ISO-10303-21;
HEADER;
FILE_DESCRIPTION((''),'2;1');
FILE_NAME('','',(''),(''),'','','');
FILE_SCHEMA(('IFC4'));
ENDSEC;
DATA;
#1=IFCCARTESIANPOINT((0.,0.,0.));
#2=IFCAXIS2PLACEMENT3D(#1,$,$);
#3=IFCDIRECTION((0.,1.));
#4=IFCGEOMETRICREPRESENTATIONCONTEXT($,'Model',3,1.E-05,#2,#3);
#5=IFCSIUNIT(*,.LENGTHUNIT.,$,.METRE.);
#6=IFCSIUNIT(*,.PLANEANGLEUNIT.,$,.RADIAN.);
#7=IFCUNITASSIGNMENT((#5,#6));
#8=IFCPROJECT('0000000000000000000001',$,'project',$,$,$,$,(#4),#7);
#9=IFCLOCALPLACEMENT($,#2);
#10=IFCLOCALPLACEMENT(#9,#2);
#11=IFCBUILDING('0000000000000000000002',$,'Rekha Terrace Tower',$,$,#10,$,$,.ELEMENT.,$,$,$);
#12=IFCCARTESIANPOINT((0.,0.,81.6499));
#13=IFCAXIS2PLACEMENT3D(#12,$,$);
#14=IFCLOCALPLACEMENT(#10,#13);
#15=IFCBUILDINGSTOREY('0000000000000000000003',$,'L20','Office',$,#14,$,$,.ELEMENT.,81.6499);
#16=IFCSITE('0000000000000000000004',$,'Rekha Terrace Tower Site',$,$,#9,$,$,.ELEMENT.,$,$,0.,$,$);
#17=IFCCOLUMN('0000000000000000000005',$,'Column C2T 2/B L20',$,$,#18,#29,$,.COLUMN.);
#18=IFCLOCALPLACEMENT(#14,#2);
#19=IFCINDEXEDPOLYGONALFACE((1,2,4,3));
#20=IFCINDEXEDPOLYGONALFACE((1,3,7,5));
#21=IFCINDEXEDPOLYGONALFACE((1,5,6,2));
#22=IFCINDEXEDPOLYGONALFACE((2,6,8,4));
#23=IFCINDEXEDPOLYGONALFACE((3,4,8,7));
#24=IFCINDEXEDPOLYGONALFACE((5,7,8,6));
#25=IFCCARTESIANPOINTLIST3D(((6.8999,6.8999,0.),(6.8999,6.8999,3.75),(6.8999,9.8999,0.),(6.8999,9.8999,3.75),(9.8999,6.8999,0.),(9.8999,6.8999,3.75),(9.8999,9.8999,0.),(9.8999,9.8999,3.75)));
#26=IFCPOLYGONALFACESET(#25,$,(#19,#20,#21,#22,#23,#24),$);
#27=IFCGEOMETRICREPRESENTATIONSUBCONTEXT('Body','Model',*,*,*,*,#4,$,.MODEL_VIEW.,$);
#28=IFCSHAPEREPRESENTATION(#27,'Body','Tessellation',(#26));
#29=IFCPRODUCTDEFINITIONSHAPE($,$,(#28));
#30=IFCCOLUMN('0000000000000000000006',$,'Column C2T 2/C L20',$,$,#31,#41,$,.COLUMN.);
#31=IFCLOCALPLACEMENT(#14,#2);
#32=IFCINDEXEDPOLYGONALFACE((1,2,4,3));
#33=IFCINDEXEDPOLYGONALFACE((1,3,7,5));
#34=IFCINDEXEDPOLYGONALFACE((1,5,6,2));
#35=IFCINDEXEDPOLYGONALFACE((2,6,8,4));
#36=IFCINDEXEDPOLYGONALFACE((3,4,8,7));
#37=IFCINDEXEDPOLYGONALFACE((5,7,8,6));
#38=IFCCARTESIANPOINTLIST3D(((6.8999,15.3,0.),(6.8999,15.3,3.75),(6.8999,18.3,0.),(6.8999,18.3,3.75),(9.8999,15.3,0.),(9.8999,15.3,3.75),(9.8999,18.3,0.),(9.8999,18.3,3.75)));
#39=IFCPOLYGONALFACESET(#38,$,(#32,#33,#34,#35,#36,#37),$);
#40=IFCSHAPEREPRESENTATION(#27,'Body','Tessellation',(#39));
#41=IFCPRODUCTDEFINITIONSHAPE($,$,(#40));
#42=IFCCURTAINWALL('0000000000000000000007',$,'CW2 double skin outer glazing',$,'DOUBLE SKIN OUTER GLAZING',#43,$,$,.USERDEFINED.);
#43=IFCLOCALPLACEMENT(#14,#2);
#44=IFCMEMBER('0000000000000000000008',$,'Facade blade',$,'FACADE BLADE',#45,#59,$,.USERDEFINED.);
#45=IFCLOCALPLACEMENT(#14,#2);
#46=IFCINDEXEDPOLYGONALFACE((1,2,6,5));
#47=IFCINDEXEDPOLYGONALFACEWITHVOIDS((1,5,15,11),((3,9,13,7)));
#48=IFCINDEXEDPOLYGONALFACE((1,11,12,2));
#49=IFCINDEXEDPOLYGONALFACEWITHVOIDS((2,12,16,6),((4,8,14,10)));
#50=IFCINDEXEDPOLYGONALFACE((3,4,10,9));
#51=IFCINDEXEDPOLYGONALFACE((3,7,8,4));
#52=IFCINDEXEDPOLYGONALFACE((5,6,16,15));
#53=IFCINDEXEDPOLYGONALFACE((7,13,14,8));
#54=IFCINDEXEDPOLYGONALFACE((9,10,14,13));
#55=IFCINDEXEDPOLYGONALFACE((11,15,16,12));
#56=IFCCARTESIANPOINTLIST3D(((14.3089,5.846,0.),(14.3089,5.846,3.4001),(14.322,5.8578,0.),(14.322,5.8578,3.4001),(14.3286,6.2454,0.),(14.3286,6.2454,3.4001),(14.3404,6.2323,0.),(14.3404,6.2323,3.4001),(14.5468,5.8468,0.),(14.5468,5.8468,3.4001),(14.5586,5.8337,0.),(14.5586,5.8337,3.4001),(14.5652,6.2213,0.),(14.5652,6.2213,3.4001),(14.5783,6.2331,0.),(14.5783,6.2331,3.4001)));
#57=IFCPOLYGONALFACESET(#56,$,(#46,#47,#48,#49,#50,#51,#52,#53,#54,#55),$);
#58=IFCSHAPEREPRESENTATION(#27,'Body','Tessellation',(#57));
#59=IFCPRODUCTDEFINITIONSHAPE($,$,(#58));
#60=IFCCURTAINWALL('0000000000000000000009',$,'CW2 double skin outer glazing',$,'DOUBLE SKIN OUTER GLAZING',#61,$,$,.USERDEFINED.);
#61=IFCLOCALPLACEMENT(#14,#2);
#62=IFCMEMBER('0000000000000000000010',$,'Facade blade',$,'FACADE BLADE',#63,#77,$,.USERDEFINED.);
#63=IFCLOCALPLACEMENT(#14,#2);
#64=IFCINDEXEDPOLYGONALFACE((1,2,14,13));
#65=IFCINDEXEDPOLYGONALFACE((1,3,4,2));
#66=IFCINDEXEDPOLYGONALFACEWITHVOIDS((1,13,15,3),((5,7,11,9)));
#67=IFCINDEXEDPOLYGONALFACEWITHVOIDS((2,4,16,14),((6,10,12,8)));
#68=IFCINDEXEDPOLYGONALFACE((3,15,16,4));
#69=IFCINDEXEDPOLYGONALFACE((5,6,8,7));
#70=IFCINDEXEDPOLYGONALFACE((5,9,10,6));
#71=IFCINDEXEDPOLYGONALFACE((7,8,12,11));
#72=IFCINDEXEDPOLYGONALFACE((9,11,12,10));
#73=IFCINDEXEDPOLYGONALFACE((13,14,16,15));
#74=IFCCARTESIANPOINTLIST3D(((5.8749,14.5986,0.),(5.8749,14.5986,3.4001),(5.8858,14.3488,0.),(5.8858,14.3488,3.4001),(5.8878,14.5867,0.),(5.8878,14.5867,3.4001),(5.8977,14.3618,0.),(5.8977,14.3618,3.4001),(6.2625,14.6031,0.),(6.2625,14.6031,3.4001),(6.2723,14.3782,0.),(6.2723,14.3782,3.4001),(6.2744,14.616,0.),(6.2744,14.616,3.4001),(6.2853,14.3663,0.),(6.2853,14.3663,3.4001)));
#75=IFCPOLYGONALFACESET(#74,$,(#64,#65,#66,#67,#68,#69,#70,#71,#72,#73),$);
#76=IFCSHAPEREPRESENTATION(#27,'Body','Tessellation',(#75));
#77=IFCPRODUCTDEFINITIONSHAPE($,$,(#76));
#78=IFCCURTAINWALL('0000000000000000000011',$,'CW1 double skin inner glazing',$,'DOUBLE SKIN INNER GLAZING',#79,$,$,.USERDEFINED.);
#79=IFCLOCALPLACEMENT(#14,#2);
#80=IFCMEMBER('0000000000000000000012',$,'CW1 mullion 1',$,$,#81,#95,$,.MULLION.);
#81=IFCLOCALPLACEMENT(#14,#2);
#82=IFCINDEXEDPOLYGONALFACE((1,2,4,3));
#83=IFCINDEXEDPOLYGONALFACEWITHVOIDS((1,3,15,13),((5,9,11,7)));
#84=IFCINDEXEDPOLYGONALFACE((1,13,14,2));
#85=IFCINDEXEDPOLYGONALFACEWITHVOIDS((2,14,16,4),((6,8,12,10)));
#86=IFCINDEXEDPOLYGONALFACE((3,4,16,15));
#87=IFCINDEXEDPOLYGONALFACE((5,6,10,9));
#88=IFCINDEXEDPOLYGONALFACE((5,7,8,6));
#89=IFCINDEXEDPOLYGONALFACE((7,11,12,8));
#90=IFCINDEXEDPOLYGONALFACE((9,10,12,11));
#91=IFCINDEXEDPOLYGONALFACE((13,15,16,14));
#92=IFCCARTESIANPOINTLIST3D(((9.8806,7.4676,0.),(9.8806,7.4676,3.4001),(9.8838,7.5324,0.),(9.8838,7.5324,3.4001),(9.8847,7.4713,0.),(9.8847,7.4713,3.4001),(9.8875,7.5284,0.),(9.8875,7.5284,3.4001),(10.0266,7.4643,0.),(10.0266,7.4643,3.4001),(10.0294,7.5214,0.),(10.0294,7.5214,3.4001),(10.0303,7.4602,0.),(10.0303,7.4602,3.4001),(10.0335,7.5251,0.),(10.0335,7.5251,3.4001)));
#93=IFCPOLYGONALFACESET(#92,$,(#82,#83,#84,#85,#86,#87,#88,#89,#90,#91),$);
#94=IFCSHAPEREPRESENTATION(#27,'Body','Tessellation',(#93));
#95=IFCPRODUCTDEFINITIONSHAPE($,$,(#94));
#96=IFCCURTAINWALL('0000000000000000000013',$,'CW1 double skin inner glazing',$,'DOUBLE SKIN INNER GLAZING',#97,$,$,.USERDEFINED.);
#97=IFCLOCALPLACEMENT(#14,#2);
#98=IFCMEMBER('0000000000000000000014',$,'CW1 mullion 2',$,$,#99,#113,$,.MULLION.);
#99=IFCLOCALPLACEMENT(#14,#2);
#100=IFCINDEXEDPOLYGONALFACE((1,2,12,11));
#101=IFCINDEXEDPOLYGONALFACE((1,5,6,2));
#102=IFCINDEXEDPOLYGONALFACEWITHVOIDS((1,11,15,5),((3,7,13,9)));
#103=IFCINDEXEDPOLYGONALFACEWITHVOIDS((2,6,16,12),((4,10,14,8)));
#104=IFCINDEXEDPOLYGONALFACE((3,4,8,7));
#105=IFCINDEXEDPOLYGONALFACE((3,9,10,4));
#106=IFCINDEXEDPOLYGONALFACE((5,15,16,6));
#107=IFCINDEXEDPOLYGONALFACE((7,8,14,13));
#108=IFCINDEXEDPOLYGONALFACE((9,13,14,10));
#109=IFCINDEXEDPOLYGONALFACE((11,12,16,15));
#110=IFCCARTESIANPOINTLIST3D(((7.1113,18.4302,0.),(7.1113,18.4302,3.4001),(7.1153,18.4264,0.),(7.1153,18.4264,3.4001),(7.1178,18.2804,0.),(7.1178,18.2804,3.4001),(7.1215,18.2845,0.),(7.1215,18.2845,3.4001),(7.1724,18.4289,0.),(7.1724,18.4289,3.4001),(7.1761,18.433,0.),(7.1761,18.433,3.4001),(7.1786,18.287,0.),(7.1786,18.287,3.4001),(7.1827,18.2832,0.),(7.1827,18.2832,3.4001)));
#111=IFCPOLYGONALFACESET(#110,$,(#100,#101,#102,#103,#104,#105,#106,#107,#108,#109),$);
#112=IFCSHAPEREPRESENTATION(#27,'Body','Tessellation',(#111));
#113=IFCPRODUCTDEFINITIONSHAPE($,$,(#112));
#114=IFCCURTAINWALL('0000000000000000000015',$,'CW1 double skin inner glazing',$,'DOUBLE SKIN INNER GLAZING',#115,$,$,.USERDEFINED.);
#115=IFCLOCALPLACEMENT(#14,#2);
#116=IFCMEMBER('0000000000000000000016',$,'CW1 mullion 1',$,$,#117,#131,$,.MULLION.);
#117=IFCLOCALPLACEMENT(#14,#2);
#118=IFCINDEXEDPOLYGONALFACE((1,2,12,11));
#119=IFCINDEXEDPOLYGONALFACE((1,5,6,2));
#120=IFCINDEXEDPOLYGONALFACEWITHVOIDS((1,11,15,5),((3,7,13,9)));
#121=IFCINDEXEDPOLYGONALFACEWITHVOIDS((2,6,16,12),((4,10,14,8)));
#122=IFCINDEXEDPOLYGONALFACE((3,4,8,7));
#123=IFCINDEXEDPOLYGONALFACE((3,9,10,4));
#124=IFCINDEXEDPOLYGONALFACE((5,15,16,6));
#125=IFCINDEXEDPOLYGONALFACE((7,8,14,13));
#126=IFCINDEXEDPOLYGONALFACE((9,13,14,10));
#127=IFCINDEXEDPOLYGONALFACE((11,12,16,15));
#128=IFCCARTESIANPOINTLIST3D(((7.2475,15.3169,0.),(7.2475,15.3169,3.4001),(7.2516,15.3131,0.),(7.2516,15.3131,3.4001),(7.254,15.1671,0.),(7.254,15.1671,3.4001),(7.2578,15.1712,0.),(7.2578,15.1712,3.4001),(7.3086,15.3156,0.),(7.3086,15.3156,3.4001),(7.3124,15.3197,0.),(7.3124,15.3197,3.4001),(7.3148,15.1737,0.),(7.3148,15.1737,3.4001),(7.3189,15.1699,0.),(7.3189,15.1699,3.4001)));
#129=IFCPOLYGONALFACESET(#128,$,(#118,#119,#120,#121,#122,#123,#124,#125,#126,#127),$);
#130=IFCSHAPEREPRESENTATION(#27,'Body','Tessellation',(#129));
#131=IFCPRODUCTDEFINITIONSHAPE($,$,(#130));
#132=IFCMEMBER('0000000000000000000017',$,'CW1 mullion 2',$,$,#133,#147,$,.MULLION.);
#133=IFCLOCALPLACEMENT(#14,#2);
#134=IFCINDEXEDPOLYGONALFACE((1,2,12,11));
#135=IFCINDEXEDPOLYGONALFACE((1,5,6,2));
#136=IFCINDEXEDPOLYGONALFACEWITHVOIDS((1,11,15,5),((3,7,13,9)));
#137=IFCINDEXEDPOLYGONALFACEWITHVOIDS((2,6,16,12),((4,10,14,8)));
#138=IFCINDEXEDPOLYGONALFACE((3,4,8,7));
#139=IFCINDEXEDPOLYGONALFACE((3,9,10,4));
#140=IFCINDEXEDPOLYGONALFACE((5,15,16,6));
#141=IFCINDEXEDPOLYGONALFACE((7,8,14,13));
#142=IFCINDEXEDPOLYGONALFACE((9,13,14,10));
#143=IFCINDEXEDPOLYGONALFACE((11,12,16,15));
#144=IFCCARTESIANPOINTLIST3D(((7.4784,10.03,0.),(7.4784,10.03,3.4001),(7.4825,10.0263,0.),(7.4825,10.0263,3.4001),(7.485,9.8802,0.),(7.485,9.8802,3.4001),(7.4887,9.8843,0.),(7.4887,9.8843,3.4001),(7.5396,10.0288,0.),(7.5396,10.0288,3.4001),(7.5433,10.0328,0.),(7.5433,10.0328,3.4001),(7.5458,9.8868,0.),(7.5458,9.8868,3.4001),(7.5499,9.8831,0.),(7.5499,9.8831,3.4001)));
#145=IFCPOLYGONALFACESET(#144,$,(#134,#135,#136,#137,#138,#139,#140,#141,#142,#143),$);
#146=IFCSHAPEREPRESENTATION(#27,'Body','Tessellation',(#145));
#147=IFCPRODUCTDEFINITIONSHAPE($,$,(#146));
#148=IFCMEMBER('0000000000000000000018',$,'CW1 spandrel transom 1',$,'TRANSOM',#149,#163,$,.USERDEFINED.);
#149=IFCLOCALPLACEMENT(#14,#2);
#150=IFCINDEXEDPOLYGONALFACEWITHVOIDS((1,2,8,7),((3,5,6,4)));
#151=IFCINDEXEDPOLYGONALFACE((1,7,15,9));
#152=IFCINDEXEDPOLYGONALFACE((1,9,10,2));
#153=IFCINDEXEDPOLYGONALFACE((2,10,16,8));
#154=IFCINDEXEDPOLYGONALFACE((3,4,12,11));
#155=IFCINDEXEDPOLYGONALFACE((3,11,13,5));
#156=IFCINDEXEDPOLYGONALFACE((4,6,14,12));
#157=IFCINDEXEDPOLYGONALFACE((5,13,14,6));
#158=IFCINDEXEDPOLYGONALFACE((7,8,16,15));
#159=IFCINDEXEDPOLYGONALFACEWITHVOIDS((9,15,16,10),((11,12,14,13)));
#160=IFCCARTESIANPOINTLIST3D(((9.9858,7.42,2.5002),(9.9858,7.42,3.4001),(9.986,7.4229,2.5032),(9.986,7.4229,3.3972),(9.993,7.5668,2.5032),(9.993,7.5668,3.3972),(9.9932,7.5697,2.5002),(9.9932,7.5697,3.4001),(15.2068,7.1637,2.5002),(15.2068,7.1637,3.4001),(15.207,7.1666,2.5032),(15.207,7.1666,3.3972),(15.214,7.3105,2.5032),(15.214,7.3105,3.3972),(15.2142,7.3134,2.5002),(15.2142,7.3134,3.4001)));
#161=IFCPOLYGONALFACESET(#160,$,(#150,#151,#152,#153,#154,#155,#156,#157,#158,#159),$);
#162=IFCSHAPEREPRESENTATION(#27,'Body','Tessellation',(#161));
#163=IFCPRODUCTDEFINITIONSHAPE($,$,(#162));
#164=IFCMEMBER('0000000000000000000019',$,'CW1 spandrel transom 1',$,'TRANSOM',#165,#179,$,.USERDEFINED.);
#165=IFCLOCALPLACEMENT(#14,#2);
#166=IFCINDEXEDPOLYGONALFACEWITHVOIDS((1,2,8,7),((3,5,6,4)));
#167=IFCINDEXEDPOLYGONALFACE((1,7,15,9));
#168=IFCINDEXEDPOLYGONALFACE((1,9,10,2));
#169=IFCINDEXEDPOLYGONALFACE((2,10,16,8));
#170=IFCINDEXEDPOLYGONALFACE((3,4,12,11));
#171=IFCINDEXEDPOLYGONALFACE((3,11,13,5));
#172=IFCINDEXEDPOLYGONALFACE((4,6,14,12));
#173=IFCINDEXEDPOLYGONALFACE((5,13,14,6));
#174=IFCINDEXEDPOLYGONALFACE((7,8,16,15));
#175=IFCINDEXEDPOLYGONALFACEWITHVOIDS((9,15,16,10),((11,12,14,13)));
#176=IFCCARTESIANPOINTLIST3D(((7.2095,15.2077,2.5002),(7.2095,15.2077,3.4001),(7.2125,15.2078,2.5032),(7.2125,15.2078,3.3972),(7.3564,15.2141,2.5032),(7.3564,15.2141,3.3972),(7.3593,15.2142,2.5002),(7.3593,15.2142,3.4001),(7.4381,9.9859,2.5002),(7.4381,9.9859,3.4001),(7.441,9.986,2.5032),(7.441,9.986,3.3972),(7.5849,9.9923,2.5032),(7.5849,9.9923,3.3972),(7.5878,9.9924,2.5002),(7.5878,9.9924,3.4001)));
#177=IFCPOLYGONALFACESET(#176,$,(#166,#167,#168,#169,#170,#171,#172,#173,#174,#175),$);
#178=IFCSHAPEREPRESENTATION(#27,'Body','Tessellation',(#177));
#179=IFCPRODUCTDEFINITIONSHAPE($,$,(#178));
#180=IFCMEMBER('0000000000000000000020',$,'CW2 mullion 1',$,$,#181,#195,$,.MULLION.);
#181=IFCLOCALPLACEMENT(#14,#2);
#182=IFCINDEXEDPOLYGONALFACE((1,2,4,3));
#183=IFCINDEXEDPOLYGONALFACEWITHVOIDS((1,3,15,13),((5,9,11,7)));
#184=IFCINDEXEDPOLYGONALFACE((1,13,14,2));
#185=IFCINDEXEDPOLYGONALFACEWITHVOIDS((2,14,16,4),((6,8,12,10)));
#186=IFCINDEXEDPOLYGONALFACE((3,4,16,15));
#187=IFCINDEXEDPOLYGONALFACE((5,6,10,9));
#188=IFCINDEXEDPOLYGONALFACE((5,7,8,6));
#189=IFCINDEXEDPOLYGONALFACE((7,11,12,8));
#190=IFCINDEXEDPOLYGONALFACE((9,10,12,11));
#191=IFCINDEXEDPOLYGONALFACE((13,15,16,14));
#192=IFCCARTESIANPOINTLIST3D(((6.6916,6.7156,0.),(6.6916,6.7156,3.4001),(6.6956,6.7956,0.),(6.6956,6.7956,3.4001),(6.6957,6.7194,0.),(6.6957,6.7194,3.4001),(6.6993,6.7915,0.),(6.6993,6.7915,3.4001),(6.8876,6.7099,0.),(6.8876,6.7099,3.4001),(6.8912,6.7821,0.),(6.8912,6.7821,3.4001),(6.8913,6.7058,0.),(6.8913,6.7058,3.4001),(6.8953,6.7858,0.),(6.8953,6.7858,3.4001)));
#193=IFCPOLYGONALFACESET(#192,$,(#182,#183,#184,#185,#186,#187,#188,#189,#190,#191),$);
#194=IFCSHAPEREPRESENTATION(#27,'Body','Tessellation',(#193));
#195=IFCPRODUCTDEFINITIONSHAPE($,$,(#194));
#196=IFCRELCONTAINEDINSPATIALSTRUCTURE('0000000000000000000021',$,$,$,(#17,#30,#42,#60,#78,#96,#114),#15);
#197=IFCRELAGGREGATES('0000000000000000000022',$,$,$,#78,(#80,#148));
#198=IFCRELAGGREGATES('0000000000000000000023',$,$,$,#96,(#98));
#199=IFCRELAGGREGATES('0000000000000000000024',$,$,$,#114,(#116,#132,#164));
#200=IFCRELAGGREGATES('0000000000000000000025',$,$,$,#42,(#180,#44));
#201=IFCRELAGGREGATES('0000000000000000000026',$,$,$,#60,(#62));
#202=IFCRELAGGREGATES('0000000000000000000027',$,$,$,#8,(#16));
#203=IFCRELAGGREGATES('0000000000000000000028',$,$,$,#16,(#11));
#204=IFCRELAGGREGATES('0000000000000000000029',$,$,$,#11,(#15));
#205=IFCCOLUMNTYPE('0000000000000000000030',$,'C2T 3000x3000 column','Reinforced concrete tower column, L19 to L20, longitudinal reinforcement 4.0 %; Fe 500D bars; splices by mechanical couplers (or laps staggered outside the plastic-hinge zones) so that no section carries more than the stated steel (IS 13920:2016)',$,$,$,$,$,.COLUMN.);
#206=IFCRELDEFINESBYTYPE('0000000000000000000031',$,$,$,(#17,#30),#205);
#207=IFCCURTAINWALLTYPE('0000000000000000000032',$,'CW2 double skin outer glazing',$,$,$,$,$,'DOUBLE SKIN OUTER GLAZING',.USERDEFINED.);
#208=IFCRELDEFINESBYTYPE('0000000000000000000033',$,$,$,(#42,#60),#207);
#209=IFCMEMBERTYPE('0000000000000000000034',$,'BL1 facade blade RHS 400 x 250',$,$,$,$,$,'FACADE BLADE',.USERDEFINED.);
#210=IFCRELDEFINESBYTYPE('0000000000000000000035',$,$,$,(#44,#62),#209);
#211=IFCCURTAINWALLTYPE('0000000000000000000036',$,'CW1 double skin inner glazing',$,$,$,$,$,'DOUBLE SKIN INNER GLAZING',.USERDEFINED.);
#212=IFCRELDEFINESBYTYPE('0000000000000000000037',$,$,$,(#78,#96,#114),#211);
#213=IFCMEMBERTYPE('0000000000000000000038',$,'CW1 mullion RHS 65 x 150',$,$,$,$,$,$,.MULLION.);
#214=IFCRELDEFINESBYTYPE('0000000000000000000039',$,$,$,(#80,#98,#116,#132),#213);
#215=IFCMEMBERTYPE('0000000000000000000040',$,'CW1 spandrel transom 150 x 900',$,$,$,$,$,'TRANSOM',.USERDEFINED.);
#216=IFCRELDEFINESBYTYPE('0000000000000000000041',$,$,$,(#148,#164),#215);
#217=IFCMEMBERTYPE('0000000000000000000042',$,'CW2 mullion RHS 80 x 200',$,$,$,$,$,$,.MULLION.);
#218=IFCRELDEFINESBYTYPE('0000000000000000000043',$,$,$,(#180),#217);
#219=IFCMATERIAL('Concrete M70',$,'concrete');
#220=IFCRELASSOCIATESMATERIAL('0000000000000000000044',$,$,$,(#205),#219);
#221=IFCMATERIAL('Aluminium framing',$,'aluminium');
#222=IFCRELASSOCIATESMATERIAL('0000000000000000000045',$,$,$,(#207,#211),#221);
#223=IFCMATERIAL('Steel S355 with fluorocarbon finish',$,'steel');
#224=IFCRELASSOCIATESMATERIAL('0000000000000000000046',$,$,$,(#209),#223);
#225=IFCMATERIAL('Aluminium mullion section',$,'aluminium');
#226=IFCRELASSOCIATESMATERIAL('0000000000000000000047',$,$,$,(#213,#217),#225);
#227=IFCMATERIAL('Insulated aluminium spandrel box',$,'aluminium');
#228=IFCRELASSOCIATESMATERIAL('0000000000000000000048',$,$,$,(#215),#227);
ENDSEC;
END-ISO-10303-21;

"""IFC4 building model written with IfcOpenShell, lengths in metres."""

from ifc_helpers import new_model, si_unit, direction, frame, origin, origin_2d, place, context, subcontext, project, spatial, rectangle, hollow_rectangle, extrude, material, material_profile, profile_set, type_object, element, aggregate, save


model = new_model("IFC4")

# Units and contexts
model_context = context("Model", 3, precision=1e-05, world=origin(), true_north=direction((0.0, 1.0)))
body_context = subcontext(model_context, "Body", "Model", "MODEL_VIEW")
ifc_project = project(units=[si_unit("LENGTHUNIT", "METRE"), si_unit("PLANEANGLEUNIT", "RADIAN")], contexts=[model_context])

# Site, building, storey
site_placement = place(None, origin())
site = spatial("IfcSite", under=ifc_project, at=site_placement, Name="Rekha Terrace Tower Site", CompositionType="ELEMENT", RefElevation=0.0)
building_placement = place(site_placement, origin())
building = spatial("IfcBuilding", under=site, at=building_placement, Name="Rekha Terrace Tower", CompositionType="ELEMENT")
storey_placement = place(building_placement, frame((0.0, 0.0, 81.6499)))
storey = spatial("IfcBuildingStorey", under=building, at=storey_placement, Name="L20", Description="Office", CompositionType="ELEMENT", Elevation=81.6499)

# Columns
ifc_material_1 = material(Name="Concrete M70", Category="concrete")
ifc_material_profile_1 = material_profile(ifc_material_1, rectangle(XDim=3.0, YDim=3.0, at=origin_2d()), Name="RC 3000x3000")
ifc_profile_set_1 = profile_set([ifc_material_profile_1], Name="Concrete M70")
column_type = type_object("IfcColumnType", Name="C2T 3000x3000 column", Description="Reinforced concrete tower column, L19 to L20, longitudinal reinforcement 4.0 %; Fe 500D bars; splices by mechanical couplers (or laps staggered outside the plastic-hinge zones) so that no section carries more than the stated steel (IS 13920:2016)", PredefinedType="COLUMN", material=ifc_profile_set_1)
for number, where, z_axis, x_axis, name in (
    (1, (8.3999, 8.3999, 0.0), (0.0, 0.0, 1.0), (1.0, 0.0, 0.0), "Column C2T 2/B L20"),
    (2, (8.3999, 16.8, 0.0), (0.0, 0.0, 1.0), (1.0, 0.0, 0.0), "Column C2T 2/C L20"),
):
    element("IfcColumn", number, at=place(storey_placement, frame(where, z_axis=z_axis, x_axis=x_axis)), inside=storey, type_object=column_type, Name=name, PredefinedType="COLUMN", context=body_context, shape_type="SweptSolid", body=[
        extrude(rectangle(XDim=3.0, YDim=3.0, at=origin_2d()), origin(), (0.0, 0.0, 1.0), 3.75),
    ])

# Curtain walls, members
ifc_material_2 = material(Name="Aluminium framing", Category="aluminium")
curtain_wall_type_1 = type_object("IfcCurtainWallType", Name="CW2 double skin outer glazing", ElementType="DOUBLE SKIN OUTER GLAZING", PredefinedType="USERDEFINED", material=ifc_material_2)
curtain_wall_1_placement = place(storey_placement, origin())
curtain_wall_1 = element("IfcCurtainWall", 3, at=curtain_wall_1_placement, inside=storey, type_object=curtain_wall_type_1, Name="CW2 double skin outer glazing", ObjectType="DOUBLE SKIN OUTER GLAZING", PredefinedType="USERDEFINED")
ifc_material_3 = material(Name="Steel S355 with fluorocarbon finish", Category="steel")
ifc_material_profile_2 = material_profile(ifc_material_3, hollow_rectangle(XDim=0.25, YDim=0.3999, WallThickness=0.0125, at=origin_2d()), Name="RHS400x250x12.5")
ifc_profile_set_2 = profile_set([ifc_material_profile_2], Name="Steel S355 with fluorocarbon finish")
member_type_1 = type_object("IfcMemberType", Name="BL1 facade blade RHS 400 x 250", ElementType="FACADE BLADE", PredefinedType="USERDEFINED", material=ifc_profile_set_2)
member_1_placement = place(storey_placement, frame((14.4436, 6.0396, 0.0), z_axis=(0.0, 0.0, 1.0), x_axis=(0.998796, -0.049052, 0.0)))
member_1 = element("IfcMember", 4, at=member_1_placement, type_object=member_type_1, Name="Facade blade", ObjectType="FACADE BLADE", PredefinedType="USERDEFINED", context=body_context, shape_type="SweptSolid", body=[
    extrude(hollow_rectangle(XDim=0.25, YDim=0.3999, WallThickness=0.0125, at=origin_2d()), origin(), (0.0, 0.0, 1.0), 3.4001),
])
curtain_wall_2_placement = place(storey_placement, origin())
curtain_wall_2 = element("IfcCurtainWall", 5, at=curtain_wall_2_placement, inside=storey, type_object=curtain_wall_type_1, Name="CW2 double skin outer glazing", ObjectType="DOUBLE SKIN OUTER GLAZING", PredefinedType="USERDEFINED")
member_2_placement = place(storey_placement, frame((6.0801, 14.4824, 0.0), z_axis=(0.0, 0.0, 1.0), x_axis=(0.043682, -0.999045, 0.0)))
member_2 = element("IfcMember", 6, at=member_2_placement, type_object=member_type_1, Name="Facade blade", ObjectType="FACADE BLADE", PredefinedType="USERDEFINED", context=body_context, shape_type="SweptSolid", body=[
    extrude(hollow_rectangle(XDim=0.25, YDim=0.3999, WallThickness=0.0125, at=origin_2d()), origin(), (0.0, 0.0, 1.0), 3.4001),
])
curtain_wall_type_2 = type_object("IfcCurtainWallType", Name="CW1 double skin inner glazing", ElementType="DOUBLE SKIN INNER GLAZING", PredefinedType="USERDEFINED", material=ifc_material_2)
curtain_wall_3_placement = place(storey_placement, origin())
curtain_wall_3 = element("IfcCurtainWall", 7, at=curtain_wall_3_placement, inside=storey, type_object=curtain_wall_type_2, Name="CW1 double skin inner glazing", ObjectType="DOUBLE SKIN INNER GLAZING", PredefinedType="USERDEFINED")
ifc_material_4 = material(Name="Aluminium mullion section", Category="aluminium")
ifc_material_profile_3 = material_profile(ifc_material_4, hollow_rectangle(XDim=0.0649, YDim=0.1499, WallThickness=0.0039, at=origin_2d()), Name="AL RHS 65x150")
ifc_profile_set_3 = profile_set([ifc_material_profile_3], Name="Aluminium mullion section")
member_type_2 = type_object("IfcMemberType", Name="CW1 mullion RHS 65 x 150", PredefinedType="MULLION", material=ifc_profile_set_3)
member_3_placement = place(storey_placement, frame((9.957, 7.4963, 0.0), z_axis=(0.0, 0.0, 1.0), x_axis=(0.049052, 0.998796, 0.0)))
member_3 = element("IfcMember", 8, at=member_3_placement, type_object=member_type_2, Name="CW1 mullion 1", PredefinedType="MULLION", context=body_context, shape_type="SweptSolid", body=[
    extrude(hollow_rectangle(XDim=0.0649, YDim=0.1499, WallThickness=0.0039, at=origin_2d()), origin(), (0.0, 0.0, 1.0), 3.4001),
])
curtain_wall_4_placement = place(storey_placement, origin())
curtain_wall_4 = element("IfcCurtainWall", 9, at=curtain_wall_4_placement, inside=storey, type_object=curtain_wall_type_2, Name="CW1 double skin inner glazing", ObjectType="DOUBLE SKIN INNER GLAZING", PredefinedType="USERDEFINED")
member_4_placement = place(storey_placement, frame((7.147, 18.3567, 0.0), z_axis=(0.0, 0.0, 1.0), x_axis=(0.999045, 0.043683, 0.0)))
member_4 = element("IfcMember", 10, at=member_4_placement, type_object=member_type_2, Name="CW1 mullion 2", PredefinedType="MULLION", context=body_context, shape_type="SweptSolid", body=[
    extrude(hollow_rectangle(XDim=0.0649, YDim=0.1499, WallThickness=0.0039, at=origin_2d()), origin(), (0.0, 0.0, 1.0), 3.4001),
])

# Curtain wall, members
curtain_wall_5_placement = place(storey_placement, origin())
curtain_wall_5 = element("IfcCurtainWall", 11, at=curtain_wall_5_placement, inside=storey, type_object=curtain_wall_type_2, Name="CW1 double skin inner glazing", ObjectType="DOUBLE SKIN INNER GLAZING", PredefinedType="USERDEFINED")
member_5_placement = place(storey_placement, frame((7.2832, 15.2434, 0.0), z_axis=(0.0, 0.0, 1.0), x_axis=(0.999045, 0.043683, 0.0)))
member_5 = element("IfcMember", 12, at=member_5_placement, type_object=member_type_2, Name="CW1 mullion 1", PredefinedType="MULLION", context=body_context, shape_type="SweptSolid", body=[
    extrude(hollow_rectangle(XDim=0.0649, YDim=0.1499, WallThickness=0.0039, at=origin_2d()), origin(), (0.0, 0.0, 1.0), 3.4001),
])
member_6_placement = place(storey_placement, frame((7.5142, 9.9565, 0.0), z_axis=(0.0, 0.0, 1.0), x_axis=(0.999045, 0.043683, 0.0)))
member_6 = element("IfcMember", 13, at=member_6_placement, type_object=member_type_2, Name="CW1 mullion 2", PredefinedType="MULLION", context=body_context, shape_type="SweptSolid", body=[
    extrude(hollow_rectangle(XDim=0.0649, YDim=0.1499, WallThickness=0.0039, at=origin_2d()), origin(), (0.0, 0.0, 1.0), 3.4001),
])

# Members
ifc_material_5 = material(Name="Insulated aluminium spandrel box", Category="aluminium")
ifc_material_profile_4 = material_profile(ifc_material_5, hollow_rectangle(XDim=0.1499, YDim=0.8999, WallThickness=0.0029, at=origin_2d()), Name="AL SPANDREL BOX 150x900")
ifc_profile_set_4 = profile_set([ifc_material_profile_4], Name="Insulated aluminium spandrel box")
member_type_3 = type_object("IfcMemberType", Name="CW1 spandrel transom 150 x 900", ElementType="TRANSOM", PredefinedType="USERDEFINED", material=ifc_profile_set_4)
member_7_placement = place(storey_placement, frame((9.9895, 7.4949, 2.9502), z_axis=(0.998797, -0.049041, 0.0), x_axis=(0.049041, 0.998797, 0.0)))
member_7 = element("IfcMember", 14, at=member_7_placement, type_object=member_type_3, Name="CW1 spandrel transom 1", ObjectType="TRANSOM", PredefinedType="USERDEFINED", context=body_context, shape_type="SweptSolid", body=[
    extrude(hollow_rectangle(XDim=0.1499, YDim=0.8999, WallThickness=0.0029, at=origin_2d()), origin(), (0.0, 0.0, 1.0), 5.2273),
])
member_8_placement = place(storey_placement, frame((7.2844, 15.2109, 2.9502), z_axis=(0.043719, -0.999044, 0.0), x_axis=(0.999044, 0.043719, 0.0)))
member_8 = element("IfcMember", 15, at=member_8_placement, type_object=member_type_3, Name="CW1 spandrel transom 1", ObjectType="TRANSOM", PredefinedType="USERDEFINED", context=body_context, shape_type="SweptSolid", body=[
    extrude(hollow_rectangle(XDim=0.1499, YDim=0.8999, WallThickness=0.0029, at=origin_2d()), origin(), (0.0, 0.0, 1.0), 5.2268),
])
ifc_material_profile_5 = material_profile(ifc_material_4, hollow_rectangle(XDim=0.0801, YDim=0.2, WallThickness=0.0039, at=origin_2d()), Name="AL RHS 80x200")
ifc_profile_set_5 = profile_set([ifc_material_profile_5], Name="Aluminium mullion section")
member_type_4 = type_object("IfcMemberType", Name="CW2 mullion RHS 80 x 200", PredefinedType="MULLION", material=ifc_profile_set_5)
member_9_placement = place(storey_placement, frame((6.7935, 6.7507, 0.0), z_axis=(0.0, 0.0, 1.0), x_axis=(0.049052, 0.998796, 0.0)))
member_9 = element("IfcMember", 16, at=member_9_placement, type_object=member_type_4, Name="CW2 mullion 1", PredefinedType="MULLION", context=body_context, shape_type="SweptSolid", body=[
    extrude(hollow_rectangle(XDim=0.0801, YDim=0.2, WallThickness=0.0039, at=origin_2d()), origin(), (0.0, 0.0, 1.0), 3.4001),
])

aggregate(curtain_wall_3, [member_3, member_7])
aggregate(curtain_wall_4, [member_4])
aggregate(curtain_wall_5, [member_5, member_6, member_8])
aggregate(curtain_wall_1, [member_9, member_1])
aggregate(curtain_wall_2, [member_2])

save(model, "model.ifc")
